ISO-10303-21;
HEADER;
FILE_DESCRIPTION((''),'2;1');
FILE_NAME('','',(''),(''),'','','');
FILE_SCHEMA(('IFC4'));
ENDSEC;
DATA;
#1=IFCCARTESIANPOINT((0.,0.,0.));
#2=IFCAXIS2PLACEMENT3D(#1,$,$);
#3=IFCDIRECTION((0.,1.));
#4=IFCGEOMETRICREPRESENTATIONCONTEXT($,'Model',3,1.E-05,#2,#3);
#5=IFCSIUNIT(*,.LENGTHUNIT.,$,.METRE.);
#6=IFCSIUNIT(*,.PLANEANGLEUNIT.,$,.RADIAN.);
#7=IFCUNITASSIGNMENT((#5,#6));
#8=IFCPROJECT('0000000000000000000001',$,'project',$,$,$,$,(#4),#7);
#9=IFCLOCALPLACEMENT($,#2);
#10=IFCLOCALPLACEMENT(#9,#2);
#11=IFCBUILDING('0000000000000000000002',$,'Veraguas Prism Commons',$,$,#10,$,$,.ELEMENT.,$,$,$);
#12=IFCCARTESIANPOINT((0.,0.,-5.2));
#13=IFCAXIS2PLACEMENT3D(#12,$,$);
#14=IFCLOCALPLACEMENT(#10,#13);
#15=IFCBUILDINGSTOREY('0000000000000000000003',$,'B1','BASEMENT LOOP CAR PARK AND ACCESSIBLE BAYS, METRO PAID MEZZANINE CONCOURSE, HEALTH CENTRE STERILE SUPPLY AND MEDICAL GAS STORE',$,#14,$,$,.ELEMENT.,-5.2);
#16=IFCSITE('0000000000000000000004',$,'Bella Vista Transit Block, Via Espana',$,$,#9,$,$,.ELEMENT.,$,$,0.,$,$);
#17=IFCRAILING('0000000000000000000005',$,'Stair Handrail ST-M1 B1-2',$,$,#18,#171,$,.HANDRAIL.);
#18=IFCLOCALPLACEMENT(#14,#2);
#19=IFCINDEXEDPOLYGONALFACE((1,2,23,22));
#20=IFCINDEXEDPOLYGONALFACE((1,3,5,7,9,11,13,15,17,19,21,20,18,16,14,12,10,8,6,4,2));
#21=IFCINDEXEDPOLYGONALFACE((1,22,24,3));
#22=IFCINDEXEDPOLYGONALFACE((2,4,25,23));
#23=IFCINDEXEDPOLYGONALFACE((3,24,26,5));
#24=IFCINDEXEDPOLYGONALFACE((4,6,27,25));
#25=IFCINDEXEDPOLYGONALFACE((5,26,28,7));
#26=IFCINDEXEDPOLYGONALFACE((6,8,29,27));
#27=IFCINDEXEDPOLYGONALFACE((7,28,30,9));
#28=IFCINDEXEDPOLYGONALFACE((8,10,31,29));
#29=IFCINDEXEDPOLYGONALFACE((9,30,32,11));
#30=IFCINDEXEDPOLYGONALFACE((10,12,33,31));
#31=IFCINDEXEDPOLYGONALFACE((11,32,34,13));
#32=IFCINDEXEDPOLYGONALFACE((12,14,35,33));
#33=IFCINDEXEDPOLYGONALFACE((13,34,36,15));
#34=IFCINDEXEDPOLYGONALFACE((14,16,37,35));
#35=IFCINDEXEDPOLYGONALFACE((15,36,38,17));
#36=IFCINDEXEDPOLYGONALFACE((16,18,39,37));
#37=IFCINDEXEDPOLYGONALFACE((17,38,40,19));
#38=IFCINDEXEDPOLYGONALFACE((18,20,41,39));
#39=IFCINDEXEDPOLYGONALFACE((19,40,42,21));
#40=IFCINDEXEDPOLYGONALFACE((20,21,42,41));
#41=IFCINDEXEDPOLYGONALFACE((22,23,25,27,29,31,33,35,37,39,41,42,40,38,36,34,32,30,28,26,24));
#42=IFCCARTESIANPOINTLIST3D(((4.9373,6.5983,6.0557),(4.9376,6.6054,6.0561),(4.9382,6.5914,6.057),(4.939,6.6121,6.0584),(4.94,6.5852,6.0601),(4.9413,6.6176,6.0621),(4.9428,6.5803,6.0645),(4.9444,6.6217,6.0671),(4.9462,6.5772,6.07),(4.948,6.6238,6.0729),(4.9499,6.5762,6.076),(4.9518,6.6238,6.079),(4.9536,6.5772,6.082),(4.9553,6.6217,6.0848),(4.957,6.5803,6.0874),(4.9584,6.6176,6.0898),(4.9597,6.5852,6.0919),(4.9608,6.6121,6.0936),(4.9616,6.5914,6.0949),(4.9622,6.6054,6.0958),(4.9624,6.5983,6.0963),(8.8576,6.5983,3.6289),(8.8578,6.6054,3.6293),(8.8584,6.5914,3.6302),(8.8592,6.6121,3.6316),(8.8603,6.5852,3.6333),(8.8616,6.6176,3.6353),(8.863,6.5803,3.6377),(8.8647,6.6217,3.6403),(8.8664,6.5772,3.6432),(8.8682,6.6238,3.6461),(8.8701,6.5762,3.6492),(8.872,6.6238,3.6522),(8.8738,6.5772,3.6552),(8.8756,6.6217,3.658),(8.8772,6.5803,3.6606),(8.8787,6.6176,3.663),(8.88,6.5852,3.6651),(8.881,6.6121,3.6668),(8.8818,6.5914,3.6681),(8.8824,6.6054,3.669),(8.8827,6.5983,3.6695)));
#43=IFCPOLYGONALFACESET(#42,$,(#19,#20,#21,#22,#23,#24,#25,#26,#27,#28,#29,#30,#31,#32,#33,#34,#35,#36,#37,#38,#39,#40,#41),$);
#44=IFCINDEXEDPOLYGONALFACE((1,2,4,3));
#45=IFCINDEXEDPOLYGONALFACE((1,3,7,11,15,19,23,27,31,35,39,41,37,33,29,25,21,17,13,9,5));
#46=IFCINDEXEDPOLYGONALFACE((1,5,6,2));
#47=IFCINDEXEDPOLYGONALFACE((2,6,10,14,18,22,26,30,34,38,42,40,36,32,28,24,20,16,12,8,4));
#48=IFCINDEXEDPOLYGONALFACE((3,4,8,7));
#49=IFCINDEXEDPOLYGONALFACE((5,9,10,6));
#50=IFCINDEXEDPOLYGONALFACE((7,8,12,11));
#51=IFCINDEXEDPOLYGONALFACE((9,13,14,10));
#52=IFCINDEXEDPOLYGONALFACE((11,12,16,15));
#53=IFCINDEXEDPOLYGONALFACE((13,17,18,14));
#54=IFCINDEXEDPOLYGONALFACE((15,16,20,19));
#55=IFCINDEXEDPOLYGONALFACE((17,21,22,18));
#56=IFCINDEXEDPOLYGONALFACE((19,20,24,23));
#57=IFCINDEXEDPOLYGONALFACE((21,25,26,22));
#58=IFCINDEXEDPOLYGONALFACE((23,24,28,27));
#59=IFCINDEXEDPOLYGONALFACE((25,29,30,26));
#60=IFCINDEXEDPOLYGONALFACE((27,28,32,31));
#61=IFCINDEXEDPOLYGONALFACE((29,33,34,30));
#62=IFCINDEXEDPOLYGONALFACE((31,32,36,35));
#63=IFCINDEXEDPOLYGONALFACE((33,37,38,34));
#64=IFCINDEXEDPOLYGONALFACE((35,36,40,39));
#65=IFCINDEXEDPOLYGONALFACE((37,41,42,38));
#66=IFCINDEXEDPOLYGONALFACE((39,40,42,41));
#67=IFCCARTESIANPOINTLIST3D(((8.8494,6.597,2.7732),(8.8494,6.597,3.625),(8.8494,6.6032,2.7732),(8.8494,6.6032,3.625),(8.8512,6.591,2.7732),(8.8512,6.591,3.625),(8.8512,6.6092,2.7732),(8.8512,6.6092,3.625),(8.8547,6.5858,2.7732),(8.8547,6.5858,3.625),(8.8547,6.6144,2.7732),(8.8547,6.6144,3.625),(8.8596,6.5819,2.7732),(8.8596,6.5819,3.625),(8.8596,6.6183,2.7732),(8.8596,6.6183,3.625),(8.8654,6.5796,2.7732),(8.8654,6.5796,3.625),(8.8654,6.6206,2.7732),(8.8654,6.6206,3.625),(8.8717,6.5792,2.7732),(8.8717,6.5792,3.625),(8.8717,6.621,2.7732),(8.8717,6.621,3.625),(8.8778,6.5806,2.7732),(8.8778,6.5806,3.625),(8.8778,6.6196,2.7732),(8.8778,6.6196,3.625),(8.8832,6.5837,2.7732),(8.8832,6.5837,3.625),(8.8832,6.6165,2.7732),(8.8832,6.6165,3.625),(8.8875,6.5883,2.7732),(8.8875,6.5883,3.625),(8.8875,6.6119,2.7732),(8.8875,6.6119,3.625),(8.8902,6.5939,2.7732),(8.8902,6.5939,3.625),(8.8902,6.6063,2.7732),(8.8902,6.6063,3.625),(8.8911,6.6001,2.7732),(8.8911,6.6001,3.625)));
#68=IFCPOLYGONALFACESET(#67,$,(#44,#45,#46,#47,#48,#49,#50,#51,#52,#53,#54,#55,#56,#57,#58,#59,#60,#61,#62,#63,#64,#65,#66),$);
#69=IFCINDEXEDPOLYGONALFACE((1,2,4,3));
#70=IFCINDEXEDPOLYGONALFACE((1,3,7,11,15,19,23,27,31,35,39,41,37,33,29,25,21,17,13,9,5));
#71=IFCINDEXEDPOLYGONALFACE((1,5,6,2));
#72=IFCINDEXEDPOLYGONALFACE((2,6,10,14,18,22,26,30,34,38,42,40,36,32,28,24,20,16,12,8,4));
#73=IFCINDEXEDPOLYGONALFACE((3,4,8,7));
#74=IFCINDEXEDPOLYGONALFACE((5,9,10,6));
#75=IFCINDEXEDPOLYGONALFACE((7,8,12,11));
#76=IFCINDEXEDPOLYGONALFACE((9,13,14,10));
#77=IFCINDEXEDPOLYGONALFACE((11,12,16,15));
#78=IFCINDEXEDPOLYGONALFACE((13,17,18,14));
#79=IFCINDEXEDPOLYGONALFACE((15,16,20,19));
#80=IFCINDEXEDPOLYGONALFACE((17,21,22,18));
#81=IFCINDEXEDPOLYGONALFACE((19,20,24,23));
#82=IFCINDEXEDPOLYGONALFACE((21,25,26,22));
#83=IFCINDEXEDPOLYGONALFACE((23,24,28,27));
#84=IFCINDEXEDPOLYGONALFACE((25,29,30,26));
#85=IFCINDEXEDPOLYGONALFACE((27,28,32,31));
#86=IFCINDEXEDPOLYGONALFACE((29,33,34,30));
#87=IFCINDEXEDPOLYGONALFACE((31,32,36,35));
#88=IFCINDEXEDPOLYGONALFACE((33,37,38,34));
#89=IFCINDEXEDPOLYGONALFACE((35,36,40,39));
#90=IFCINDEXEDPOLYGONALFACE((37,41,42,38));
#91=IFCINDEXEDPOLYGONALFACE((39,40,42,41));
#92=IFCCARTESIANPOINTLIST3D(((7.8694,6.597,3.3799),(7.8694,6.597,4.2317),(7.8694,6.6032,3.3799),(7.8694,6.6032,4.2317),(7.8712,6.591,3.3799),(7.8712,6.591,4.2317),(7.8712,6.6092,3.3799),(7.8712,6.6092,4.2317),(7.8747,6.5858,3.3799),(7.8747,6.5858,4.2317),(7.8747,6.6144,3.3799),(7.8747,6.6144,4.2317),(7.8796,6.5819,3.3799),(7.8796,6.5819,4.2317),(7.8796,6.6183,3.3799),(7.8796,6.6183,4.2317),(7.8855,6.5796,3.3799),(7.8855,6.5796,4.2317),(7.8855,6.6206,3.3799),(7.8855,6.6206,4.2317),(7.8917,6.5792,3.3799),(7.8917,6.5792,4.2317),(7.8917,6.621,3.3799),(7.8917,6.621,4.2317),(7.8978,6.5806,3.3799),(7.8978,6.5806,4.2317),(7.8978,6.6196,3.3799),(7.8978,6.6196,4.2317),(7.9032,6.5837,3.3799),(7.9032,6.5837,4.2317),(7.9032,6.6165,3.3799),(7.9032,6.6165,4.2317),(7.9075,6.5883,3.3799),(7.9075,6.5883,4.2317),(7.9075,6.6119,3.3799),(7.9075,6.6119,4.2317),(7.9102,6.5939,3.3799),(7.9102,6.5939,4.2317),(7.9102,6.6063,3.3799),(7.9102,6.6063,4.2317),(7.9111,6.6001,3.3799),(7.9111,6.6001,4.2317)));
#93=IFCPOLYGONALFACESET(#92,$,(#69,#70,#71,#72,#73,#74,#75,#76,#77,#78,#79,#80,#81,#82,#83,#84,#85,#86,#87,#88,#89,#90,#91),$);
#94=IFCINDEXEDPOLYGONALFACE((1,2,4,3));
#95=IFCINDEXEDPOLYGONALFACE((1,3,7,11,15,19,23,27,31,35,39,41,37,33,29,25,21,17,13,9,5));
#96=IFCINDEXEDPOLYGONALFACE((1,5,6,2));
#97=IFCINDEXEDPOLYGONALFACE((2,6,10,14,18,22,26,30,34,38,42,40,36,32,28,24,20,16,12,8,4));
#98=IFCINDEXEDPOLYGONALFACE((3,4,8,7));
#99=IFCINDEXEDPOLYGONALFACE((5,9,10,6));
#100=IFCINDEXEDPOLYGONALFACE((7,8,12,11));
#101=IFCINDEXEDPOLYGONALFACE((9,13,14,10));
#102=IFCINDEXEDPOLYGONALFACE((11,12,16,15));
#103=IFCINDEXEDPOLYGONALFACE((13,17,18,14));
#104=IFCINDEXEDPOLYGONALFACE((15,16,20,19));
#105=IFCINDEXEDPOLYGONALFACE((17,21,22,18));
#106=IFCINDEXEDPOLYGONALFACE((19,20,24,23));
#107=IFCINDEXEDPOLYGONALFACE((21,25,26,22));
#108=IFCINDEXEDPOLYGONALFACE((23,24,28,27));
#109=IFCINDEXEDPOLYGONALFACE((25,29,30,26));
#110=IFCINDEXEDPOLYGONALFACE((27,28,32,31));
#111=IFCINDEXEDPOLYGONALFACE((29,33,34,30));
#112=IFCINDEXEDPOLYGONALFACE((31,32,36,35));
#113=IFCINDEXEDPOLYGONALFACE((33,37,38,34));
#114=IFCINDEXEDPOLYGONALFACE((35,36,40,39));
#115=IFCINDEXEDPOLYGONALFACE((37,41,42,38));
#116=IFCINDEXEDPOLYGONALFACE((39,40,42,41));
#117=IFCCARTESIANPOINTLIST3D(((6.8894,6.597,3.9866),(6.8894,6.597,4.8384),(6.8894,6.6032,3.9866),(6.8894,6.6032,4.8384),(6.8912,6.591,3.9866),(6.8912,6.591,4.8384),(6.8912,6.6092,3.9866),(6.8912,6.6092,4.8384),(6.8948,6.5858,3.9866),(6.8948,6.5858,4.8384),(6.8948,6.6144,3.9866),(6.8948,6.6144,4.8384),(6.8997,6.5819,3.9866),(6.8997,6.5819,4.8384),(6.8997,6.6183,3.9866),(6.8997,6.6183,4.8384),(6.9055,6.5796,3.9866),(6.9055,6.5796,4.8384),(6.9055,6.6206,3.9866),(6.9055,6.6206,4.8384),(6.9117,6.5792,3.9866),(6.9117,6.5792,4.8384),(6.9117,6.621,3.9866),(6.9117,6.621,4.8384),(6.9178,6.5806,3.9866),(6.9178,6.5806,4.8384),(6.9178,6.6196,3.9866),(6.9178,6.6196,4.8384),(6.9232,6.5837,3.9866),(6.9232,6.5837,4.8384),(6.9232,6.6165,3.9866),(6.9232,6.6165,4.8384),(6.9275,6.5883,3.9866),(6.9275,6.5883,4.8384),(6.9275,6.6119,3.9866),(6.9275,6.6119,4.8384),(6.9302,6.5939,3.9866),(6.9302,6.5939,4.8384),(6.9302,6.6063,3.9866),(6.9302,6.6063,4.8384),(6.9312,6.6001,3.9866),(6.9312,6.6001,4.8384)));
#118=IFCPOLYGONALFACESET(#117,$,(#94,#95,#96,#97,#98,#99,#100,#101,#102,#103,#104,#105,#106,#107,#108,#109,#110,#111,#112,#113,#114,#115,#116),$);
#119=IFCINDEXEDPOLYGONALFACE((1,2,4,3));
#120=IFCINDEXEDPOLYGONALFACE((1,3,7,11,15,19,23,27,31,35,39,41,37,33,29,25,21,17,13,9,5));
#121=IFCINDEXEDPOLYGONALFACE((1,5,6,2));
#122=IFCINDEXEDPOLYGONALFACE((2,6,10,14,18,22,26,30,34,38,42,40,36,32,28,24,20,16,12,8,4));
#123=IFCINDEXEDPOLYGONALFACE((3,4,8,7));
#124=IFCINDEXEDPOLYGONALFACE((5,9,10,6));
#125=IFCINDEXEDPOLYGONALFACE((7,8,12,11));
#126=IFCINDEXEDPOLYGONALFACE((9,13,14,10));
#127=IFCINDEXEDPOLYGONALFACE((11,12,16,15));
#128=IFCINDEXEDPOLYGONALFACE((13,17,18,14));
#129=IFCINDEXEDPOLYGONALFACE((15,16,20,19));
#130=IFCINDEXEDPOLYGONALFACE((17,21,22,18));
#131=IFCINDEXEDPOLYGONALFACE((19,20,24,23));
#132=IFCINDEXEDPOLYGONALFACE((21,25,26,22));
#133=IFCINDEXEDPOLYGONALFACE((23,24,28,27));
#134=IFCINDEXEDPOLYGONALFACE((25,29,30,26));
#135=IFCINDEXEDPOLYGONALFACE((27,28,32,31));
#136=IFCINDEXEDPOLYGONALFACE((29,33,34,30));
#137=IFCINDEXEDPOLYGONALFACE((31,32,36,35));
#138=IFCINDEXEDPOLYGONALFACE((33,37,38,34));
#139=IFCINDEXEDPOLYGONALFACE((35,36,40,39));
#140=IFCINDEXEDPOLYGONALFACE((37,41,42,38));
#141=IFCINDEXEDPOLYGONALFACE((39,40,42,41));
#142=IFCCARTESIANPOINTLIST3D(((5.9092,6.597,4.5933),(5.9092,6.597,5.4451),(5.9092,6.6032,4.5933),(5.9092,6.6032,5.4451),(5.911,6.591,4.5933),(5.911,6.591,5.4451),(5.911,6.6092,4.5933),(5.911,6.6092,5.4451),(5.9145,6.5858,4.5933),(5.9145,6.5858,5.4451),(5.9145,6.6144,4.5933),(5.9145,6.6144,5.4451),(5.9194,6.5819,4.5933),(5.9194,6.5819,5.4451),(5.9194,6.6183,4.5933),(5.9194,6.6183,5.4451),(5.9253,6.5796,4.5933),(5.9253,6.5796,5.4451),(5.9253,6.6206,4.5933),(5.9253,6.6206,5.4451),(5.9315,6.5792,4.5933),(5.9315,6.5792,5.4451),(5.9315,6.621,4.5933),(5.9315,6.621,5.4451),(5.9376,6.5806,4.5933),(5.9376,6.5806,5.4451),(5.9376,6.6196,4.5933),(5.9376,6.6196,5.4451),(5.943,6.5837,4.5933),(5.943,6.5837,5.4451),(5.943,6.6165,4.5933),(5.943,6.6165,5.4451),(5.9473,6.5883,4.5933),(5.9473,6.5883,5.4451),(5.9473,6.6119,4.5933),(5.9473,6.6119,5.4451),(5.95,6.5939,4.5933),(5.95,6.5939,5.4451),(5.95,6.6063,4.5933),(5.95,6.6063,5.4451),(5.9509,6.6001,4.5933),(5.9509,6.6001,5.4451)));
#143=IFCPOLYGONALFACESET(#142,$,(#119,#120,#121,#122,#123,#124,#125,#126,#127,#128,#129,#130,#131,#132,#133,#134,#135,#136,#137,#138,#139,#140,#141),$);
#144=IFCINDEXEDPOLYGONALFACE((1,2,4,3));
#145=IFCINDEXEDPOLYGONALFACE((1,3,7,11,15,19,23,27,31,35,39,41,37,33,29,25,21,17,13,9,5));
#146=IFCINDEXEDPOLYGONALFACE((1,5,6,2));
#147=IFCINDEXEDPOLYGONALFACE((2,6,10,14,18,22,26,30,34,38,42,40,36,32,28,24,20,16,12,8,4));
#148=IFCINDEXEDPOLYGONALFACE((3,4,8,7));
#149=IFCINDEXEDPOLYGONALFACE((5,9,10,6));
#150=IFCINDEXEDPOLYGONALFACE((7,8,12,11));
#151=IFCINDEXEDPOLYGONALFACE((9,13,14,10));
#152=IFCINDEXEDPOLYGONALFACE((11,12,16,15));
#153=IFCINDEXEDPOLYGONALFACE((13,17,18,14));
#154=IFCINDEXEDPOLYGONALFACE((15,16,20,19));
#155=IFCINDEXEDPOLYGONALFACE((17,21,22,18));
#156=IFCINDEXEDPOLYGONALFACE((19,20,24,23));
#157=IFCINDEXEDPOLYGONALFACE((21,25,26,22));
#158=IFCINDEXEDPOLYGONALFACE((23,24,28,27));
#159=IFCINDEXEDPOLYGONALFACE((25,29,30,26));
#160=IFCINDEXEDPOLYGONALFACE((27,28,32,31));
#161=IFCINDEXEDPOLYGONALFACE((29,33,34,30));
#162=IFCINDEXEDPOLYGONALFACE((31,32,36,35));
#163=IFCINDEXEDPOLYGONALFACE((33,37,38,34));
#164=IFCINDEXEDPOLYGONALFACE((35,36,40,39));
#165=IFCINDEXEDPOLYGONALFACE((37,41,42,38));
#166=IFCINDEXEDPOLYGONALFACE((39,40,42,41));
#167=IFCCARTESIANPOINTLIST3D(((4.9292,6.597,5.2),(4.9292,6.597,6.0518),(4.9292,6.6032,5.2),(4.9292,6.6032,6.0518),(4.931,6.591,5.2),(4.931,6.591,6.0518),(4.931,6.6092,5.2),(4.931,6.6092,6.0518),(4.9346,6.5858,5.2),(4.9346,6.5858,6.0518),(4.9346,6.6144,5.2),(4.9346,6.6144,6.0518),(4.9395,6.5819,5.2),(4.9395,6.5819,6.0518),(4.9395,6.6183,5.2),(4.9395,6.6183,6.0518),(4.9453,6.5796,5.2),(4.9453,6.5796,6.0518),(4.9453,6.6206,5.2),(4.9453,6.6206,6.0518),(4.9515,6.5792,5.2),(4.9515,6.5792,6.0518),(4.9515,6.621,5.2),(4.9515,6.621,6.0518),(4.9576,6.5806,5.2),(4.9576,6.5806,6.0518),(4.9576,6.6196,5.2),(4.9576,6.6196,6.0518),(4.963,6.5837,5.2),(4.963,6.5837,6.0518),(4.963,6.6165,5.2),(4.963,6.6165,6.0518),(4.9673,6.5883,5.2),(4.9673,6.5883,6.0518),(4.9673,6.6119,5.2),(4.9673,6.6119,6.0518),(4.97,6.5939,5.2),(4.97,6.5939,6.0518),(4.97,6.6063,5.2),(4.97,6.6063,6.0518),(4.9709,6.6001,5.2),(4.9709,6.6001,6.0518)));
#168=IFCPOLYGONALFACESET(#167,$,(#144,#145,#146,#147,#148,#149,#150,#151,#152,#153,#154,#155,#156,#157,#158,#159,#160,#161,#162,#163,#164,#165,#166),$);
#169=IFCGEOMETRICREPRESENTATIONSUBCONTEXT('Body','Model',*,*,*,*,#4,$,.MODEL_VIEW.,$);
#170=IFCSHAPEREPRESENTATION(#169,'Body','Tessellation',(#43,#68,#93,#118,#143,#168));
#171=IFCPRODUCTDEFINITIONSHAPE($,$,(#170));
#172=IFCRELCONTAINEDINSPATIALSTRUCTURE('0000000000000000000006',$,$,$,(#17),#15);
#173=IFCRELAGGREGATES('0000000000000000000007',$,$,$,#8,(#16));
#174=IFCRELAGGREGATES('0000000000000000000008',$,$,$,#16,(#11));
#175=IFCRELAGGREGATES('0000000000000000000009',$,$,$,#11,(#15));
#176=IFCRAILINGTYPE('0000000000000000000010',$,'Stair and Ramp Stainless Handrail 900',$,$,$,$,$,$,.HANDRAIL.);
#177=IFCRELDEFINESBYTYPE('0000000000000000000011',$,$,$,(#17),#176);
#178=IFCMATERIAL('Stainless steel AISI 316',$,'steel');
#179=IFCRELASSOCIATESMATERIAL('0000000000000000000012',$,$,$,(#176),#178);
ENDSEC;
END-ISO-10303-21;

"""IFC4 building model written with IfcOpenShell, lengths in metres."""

from ifc_helpers import new_model, si_unit, direction, frame, origin, origin_2d, place, context, subcontext, project, spatial, circle, extrude, material, type_object, element, save


model = new_model("IFC4")

# Units and contexts
model_context = context("Model", 3, precision=1e-05, world=origin(), true_north=direction((0.0, 1.0)))
body_context = subcontext(model_context, "Body", "Model", "MODEL_VIEW")
ifc_project = project(units=[si_unit("LENGTHUNIT", "METRE"), si_unit("PLANEANGLEUNIT", "RADIAN")], contexts=[model_context])

# Site, building, storey
site_placement = place(None, origin())
site = spatial("IfcSite", under=ifc_project, at=site_placement, Name="Bella Vista Transit Block, Via Espana", CompositionType="ELEMENT", RefElevation=0.0)
building_placement = place(site_placement, origin())
building = spatial("IfcBuilding", under=site, at=building_placement, Name="Veraguas Prism Commons", CompositionType="ELEMENT")
storey_placement = place(building_placement, frame((0.0, 0.0, -5.2)))
storey = spatial("IfcBuildingStorey", under=building, at=storey_placement, Name="B1", Description="BASEMENT LOOP CAR PARK AND ACCESSIBLE BAYS, METRO PAID MEZZANINE CONCOURSE, HEALTH CENTRE STERILE SUPPLY AND MEDICAL GAS STORE", CompositionType="ELEMENT", Elevation=-5.2)

# Shared definitions
ifc_material_1 = material(Name="Stainless steel AISI 316", Category="steel")

# Railing
railing_type_1 = type_object("IfcRailingType", Name="Stair and Ramp Stainless Handrail 900", PredefinedType="HANDRAIL", material=ifc_material_1)
railing_1_placement = place(storey_placement, frame((8.8701, 6.6001, 2.7732)))
element("IfcRailing", 1, at=railing_1_placement, inside=storey, type_object=railing_type_1, Name="Stair Handrail ST-M1 B1-2", PredefinedType="HANDRAIL", context=body_context, shape_type="SweptSolid", body=[
    extrude(circle(Radius=0.0239, at=origin_2d()), frame((0.0, 0.0, 0.876), z_axis=(-0.850266, 0.0, 0.526353), x_axis=(0.0, -1.0, 0.0)), (0.0, 0.0, 1.0), 4.6106),
    extrude(circle(Radius=0.021, at=origin_2d()), origin(), (0.0, 0.0, 1.0), 0.8518),
    extrude(circle(Radius=0.021, at=origin_2d()), frame((-0.98, 0.0, 0.6067)), (0.0, 0.0, 1.0), 0.8518),
    extrude(circle(Radius=0.021, at=origin_2d()), frame((-1.96, 0.0, 1.2134)), (0.0, 0.0, 1.0), 0.8518),
    extrude(circle(Radius=0.021, at=origin_2d()), frame((-2.9402, 0.0, 1.8201)), (0.0, 0.0, 1.0), 0.8518),
    extrude(circle(Radius=0.021, at=origin_2d()), frame((-3.9202, 0.0, 2.4268)), (0.0, 0.0, 1.0), 0.8518),
])

save(model, "model.ifc")
